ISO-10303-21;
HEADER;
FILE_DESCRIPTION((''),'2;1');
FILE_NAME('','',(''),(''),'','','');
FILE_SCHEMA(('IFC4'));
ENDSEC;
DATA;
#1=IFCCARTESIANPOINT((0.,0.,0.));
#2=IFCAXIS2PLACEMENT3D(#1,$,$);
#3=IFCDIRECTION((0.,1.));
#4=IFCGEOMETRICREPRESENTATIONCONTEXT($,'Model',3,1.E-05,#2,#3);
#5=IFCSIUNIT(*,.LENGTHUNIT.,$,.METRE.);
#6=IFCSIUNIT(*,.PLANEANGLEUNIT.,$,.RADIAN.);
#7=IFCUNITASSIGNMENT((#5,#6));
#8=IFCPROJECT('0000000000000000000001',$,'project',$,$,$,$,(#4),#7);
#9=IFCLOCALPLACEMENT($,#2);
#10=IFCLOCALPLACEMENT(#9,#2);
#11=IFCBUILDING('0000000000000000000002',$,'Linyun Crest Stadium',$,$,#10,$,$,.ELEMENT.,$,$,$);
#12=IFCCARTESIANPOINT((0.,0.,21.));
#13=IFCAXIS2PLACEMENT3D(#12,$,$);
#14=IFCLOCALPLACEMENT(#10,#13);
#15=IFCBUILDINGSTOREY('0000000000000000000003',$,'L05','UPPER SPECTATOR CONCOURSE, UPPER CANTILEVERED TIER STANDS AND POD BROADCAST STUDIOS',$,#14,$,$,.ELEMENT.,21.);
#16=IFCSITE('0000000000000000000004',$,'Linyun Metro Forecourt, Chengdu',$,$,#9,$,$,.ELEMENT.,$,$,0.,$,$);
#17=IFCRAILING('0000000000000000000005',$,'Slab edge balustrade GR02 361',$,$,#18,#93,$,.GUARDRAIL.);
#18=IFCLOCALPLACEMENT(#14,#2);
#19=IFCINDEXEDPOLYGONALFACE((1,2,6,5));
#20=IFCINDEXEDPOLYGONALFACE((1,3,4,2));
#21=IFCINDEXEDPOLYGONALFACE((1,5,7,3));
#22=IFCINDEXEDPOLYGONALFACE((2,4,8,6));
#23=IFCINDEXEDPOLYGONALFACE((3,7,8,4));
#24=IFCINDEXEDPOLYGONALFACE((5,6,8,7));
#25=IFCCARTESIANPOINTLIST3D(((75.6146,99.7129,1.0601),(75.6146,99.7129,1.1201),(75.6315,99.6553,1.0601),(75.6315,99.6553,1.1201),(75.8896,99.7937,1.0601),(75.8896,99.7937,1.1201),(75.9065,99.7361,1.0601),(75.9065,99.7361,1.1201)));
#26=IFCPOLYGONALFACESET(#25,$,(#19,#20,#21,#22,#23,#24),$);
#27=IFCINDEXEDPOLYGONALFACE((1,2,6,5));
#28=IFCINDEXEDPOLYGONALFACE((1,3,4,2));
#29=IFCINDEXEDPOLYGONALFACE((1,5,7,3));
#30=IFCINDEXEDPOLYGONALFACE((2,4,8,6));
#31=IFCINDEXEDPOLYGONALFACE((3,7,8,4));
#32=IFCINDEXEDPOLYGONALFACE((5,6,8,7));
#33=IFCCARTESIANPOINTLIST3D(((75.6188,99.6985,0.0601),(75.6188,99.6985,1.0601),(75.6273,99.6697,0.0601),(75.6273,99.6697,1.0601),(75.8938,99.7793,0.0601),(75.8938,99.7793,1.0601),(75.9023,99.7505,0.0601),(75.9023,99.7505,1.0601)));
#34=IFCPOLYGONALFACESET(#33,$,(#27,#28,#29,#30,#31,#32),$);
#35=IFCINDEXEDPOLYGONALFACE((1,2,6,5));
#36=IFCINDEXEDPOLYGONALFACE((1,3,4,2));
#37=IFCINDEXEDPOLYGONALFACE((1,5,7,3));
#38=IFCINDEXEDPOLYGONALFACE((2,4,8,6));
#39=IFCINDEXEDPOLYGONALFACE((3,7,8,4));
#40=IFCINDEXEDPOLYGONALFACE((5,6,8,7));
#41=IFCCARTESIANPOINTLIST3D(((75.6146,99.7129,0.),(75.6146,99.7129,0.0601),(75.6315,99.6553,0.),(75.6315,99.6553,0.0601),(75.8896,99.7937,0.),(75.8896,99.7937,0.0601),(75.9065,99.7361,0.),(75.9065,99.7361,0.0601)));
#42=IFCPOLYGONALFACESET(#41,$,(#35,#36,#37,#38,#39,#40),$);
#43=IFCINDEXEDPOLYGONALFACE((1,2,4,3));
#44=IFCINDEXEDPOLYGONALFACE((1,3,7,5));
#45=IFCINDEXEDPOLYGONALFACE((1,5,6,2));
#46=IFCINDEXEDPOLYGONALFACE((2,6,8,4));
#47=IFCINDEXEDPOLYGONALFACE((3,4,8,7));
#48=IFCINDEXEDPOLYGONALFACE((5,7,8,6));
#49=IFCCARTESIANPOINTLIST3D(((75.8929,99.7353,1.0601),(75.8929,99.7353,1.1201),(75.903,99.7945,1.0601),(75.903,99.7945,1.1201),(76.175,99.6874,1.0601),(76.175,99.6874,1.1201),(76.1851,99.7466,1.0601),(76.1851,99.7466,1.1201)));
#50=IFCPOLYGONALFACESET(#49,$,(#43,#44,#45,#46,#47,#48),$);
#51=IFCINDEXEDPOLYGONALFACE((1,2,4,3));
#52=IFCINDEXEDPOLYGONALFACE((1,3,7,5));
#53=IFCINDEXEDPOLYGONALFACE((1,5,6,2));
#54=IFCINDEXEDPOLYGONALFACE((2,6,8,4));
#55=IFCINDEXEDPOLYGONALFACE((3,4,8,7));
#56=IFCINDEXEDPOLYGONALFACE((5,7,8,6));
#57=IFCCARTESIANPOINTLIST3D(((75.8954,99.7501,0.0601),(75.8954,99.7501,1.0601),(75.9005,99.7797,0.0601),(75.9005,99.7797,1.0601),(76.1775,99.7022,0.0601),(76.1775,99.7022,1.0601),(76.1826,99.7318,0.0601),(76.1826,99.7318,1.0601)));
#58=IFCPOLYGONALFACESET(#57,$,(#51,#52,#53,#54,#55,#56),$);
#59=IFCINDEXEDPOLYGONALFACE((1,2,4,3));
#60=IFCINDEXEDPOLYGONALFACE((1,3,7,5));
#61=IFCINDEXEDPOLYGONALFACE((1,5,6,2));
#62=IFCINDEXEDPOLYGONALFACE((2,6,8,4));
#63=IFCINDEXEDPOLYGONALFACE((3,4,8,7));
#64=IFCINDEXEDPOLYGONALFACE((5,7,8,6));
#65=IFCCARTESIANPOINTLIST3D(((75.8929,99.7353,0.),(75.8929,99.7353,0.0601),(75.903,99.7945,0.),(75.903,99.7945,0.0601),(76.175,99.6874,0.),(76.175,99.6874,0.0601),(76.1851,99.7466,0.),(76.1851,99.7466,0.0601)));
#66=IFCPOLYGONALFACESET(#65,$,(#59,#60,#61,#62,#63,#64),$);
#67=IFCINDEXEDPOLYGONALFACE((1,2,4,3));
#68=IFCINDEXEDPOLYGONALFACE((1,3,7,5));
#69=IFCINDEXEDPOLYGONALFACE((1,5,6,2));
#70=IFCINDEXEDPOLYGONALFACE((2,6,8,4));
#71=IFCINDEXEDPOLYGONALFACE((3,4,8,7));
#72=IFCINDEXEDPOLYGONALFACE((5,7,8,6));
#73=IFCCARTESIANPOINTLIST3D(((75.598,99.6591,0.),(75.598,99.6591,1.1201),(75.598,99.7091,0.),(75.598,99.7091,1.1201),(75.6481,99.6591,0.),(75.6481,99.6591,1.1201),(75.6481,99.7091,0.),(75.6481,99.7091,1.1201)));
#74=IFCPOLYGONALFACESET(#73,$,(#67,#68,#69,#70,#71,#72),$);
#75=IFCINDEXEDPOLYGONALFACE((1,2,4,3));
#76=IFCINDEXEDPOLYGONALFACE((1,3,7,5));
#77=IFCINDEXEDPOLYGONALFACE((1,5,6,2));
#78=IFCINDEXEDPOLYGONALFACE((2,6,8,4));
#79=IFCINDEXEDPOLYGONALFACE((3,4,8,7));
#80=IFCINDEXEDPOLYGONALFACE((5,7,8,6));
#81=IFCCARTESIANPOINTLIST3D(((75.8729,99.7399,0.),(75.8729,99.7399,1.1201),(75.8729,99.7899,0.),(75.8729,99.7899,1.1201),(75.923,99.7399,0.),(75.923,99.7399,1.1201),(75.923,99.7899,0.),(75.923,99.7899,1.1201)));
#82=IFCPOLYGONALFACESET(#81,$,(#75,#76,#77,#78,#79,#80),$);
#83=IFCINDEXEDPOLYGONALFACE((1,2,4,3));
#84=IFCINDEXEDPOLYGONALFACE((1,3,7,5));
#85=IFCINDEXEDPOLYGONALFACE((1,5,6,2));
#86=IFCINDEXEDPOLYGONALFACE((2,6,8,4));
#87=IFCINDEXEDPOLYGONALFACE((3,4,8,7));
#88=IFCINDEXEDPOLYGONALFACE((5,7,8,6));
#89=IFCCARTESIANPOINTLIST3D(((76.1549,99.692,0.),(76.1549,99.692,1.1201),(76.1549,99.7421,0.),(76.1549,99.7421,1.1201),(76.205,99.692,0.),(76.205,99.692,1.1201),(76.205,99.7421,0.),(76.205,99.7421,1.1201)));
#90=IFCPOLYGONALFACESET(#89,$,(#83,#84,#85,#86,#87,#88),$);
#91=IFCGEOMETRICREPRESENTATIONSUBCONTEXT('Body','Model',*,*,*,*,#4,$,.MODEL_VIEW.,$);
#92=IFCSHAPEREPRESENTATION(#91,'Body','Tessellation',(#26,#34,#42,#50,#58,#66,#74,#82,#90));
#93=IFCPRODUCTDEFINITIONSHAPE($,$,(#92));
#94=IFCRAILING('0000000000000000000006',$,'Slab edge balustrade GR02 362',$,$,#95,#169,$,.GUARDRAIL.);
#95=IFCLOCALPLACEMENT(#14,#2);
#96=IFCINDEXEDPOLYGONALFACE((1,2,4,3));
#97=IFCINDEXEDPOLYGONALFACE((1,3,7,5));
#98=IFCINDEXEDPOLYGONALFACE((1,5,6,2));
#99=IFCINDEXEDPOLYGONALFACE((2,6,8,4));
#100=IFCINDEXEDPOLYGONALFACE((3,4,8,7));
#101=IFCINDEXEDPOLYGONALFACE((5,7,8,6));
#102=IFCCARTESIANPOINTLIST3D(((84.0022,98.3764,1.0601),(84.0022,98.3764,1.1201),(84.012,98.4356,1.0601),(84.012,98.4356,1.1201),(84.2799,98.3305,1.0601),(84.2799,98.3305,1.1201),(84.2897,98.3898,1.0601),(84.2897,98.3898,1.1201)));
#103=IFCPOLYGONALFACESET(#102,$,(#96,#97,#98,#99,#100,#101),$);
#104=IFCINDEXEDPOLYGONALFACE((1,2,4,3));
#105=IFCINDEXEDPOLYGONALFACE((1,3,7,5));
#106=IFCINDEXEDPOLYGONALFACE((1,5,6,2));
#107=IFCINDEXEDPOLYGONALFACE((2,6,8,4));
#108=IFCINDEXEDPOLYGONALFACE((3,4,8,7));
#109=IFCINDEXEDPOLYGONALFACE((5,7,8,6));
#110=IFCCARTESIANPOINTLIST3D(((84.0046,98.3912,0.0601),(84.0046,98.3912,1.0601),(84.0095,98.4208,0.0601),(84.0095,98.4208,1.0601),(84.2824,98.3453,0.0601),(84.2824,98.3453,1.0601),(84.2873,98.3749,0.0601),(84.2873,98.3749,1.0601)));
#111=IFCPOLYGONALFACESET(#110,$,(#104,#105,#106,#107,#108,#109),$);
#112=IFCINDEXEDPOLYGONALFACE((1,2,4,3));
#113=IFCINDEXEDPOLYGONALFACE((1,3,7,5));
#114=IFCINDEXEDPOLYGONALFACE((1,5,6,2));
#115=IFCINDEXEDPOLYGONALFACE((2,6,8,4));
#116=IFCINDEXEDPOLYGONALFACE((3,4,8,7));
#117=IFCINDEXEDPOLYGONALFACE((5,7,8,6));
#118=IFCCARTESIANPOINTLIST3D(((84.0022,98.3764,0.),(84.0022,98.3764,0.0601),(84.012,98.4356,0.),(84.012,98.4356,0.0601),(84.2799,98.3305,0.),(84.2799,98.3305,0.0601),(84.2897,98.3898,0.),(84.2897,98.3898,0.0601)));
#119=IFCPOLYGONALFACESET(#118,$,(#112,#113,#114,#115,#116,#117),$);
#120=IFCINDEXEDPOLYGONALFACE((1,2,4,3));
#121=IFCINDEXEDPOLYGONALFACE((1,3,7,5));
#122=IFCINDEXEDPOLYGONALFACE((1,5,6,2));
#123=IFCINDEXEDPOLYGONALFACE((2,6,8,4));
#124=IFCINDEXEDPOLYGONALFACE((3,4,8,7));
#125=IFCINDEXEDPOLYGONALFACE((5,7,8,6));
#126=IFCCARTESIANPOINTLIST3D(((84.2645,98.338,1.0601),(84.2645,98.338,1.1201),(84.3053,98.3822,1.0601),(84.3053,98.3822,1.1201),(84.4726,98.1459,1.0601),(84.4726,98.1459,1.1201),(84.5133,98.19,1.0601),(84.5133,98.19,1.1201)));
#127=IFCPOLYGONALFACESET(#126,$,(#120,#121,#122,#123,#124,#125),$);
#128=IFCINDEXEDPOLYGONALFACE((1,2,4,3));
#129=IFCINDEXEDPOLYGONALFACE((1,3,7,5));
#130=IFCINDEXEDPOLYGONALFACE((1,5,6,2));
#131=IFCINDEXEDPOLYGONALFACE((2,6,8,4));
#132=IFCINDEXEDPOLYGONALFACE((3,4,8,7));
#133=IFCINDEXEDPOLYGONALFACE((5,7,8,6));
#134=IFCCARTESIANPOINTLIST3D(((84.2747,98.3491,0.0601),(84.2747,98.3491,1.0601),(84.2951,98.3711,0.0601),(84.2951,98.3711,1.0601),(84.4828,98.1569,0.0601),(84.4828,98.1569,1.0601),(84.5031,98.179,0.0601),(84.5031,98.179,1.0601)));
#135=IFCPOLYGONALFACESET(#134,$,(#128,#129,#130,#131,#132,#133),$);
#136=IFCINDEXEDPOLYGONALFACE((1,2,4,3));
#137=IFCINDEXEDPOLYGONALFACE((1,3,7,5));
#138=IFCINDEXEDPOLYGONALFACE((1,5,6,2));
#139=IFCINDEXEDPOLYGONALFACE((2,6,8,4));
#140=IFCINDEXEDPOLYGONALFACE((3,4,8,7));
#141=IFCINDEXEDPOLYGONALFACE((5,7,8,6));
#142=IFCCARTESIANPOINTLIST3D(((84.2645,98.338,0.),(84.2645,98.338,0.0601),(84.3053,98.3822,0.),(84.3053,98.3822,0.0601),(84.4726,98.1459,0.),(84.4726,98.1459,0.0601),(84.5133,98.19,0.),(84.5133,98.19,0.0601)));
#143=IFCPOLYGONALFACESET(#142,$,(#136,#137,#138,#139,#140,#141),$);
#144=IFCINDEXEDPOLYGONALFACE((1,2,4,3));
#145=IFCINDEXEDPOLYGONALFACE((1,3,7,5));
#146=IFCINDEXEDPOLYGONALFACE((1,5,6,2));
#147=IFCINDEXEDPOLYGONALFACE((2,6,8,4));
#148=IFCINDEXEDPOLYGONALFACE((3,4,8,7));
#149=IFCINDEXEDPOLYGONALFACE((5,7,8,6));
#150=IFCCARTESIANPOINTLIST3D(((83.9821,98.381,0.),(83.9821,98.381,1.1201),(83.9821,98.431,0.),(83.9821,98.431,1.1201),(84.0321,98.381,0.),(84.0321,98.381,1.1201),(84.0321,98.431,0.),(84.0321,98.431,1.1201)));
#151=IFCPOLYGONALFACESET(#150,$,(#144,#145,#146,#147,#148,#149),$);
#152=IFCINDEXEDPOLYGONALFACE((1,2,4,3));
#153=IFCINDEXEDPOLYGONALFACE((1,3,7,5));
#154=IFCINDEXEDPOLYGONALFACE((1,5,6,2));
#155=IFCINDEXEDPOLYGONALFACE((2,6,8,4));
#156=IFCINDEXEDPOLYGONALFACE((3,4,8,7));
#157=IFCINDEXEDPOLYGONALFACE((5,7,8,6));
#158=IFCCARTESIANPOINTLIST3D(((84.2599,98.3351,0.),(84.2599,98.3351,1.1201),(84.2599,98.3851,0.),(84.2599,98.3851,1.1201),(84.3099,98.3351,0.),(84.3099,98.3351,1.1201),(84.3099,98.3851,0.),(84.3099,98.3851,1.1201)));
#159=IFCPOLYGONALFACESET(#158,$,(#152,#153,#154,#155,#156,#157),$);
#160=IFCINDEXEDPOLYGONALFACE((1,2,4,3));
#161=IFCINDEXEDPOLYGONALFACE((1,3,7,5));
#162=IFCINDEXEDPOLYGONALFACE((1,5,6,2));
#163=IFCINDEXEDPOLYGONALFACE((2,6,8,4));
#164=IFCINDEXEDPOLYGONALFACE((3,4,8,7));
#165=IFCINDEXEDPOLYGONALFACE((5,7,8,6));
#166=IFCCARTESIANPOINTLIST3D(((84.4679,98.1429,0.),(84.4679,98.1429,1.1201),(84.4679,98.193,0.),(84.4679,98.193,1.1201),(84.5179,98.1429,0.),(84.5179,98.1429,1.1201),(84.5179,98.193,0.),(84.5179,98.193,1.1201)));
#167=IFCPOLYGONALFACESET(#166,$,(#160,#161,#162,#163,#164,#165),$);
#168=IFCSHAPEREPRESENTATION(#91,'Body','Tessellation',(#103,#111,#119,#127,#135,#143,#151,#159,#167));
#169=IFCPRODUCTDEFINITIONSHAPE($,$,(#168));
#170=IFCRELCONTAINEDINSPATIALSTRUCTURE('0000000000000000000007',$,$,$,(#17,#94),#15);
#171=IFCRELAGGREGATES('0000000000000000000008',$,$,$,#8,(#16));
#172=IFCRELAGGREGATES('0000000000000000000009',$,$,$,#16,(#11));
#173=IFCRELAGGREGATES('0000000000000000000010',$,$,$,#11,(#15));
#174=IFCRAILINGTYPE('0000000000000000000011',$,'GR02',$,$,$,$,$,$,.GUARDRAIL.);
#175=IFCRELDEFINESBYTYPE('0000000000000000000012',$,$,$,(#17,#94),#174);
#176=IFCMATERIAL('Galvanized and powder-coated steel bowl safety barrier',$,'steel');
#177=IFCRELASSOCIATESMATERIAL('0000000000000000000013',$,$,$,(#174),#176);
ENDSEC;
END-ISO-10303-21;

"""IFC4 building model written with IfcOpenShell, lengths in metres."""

from ifc_helpers import new_model, si_unit, direction, frame, origin, origin_2d, place, context, subcontext, project, spatial, rectangle, extrude, material, type_object, element, save


model = new_model("IFC4")

# Units and contexts
model_context = context("Model", 3, precision=1e-05, world=origin(), true_north=direction((0.0, 1.0)))
body_context = subcontext(model_context, "Body", "Model", "MODEL_VIEW")
ifc_project = project(units=[si_unit("LENGTHUNIT", "METRE"), si_unit("PLANEANGLEUNIT", "RADIAN")], contexts=[model_context])

# Site, building, storey
site_placement = place(None, origin())
site = spatial("IfcSite", under=ifc_project, at=site_placement, Name="Linyun Metro Forecourt, Chengdu", CompositionType="ELEMENT", RefElevation=0.0)
building_placement = place(site_placement, origin())
building = spatial("IfcBuilding", under=site, at=building_placement, Name="Linyun Crest Stadium", CompositionType="ELEMENT")
storey_placement = place(building_placement, frame((0.0, 0.0, 21.0)))
storey = spatial("IfcBuildingStorey", under=building, at=storey_placement, Name="L05", Description="UPPER SPECTATOR CONCOURSE, UPPER CANTILEVERED TIER STANDS AND POD BROADCAST STUDIOS", CompositionType="ELEMENT", Elevation=21.0)

# Railings
ifc_material_1 = material(Name="Galvanized and powder-coated steel bowl safety barrier", Category="steel")
railing_type = type_object("IfcRailingType", Name="GR02", PredefinedType="GUARDRAIL", material=ifc_material_1)
railing_1_placement = place(storey_placement, frame((75.623, 99.6841, 0.0)))
element("IfcRailing", 1, at=railing_1_placement, inside=storey, type_object=railing_type, Name="Slab edge balustrade GR02 361", PredefinedType="GUARDRAIL", context=body_context, shape_type="SweptSolid", body=[
    extrude(rectangle(XDim=0.0601, YDim=0.0601, at=origin_2d()), frame((0.0, 0.0, 1.0901), z_axis=(0.959406, 0.282028, 0.0), x_axis=(-0.282028, 0.959406, 0.0)), (0.0, 0.0, 1.0), 0.2866),
    extrude(rectangle(XDim=0.03, YDim=1.0, at=origin_2d()), frame((0.0, 0.0, 0.5601), z_axis=(0.959406, 0.282028, 0.0), x_axis=(-0.282028, 0.959406, 0.0)), (0.0, 0.0, 1.0), 0.2866),
    extrude(rectangle(XDim=0.0601, YDim=0.0601, at=origin_2d()), frame((0.0, 0.0, 0.03), z_axis=(0.959406, 0.282028, 0.0), x_axis=(-0.282028, 0.959406, 0.0)), (0.0, 0.0, 1.0), 0.2866),
    extrude(rectangle(XDim=0.0601, YDim=0.0601, at=origin_2d()), frame((0.2749, 0.0808, 1.0901), z_axis=(0.985905, -0.167305, 0.0), x_axis=(0.167305, 0.985905, 0.0)), (0.0, 0.0, 1.0), 0.2861),
    extrude(rectangle(XDim=0.03, YDim=1.0, at=origin_2d()), frame((0.2749, 0.0808, 0.5601), z_axis=(0.985905, -0.167305, 0.0), x_axis=(0.167305, 0.985905, 0.0)), (0.0, 0.0, 1.0), 0.2861),
    extrude(rectangle(XDim=0.0601, YDim=0.0601, at=origin_2d()), frame((0.2749, 0.0808, 0.03), z_axis=(0.985905, -0.167305, 0.0), x_axis=(0.167305, 0.985905, 0.0)), (0.0, 0.0, 1.0), 0.2861),
    extrude(rectangle(XDim=0.05, YDim=0.05, at=origin_2d()), origin(), (0.0, 0.0, 1.0), 1.1201),
    extrude(rectangle(XDim=0.05, YDim=0.05, at=origin_2d()), frame((0.2749, 0.0808, 0.0)), (0.0, 0.0, 1.0), 1.1201),
    extrude(rectangle(XDim=0.05, YDim=0.05, at=origin_2d()), frame((0.5569, 0.033, 0.0)), (0.0, 0.0, 1.0), 1.1201),
])
railing_2_placement = place(storey_placement, frame((84.0071, 98.406, 0.0)))
element("IfcRailing", 2, at=railing_2_placement, inside=storey, type_object=railing_type, Name="Slab edge balustrade GR02 362", PredefinedType="GUARDRAIL", context=body_context, shape_type="SweptSolid", body=[
    extrude(rectangle(XDim=0.0601, YDim=0.0601, at=origin_2d()), frame((0.0, 0.0, 1.0901), z_axis=(0.986627, -0.162993, 0.0), x_axis=(0.162993, 0.986627, 0.0)), (0.0, 0.0, 1.0), 0.2815),
    extrude(rectangle(XDim=0.03, YDim=1.0, at=origin_2d()), frame((0.0, 0.0, 0.5601), z_axis=(0.986627, -0.162993, 0.0), x_axis=(0.162993, 0.986627, 0.0)), (0.0, 0.0, 1.0), 0.2815),
    extrude(rectangle(XDim=0.0601, YDim=0.0601, at=origin_2d()), frame((0.0, 0.0, 0.03), z_axis=(0.986627, -0.162993, 0.0), x_axis=(0.162993, 0.986627, 0.0)), (0.0, 0.0, 1.0), 0.2815),
    extrude(rectangle(XDim=0.0601, YDim=0.0601, at=origin_2d()), frame((0.2778, -0.0459, 1.0901), z_axis=(0.734572, -0.678531, 0.0), x_axis=(0.678531, 0.734572, 0.0)), (0.0, 0.0, 1.0), 0.2832),
    extrude(rectangle(XDim=0.03, YDim=1.0, at=origin_2d()), frame((0.2778, -0.0459, 0.5601), z_axis=(0.734572, -0.678531, 0.0), x_axis=(0.678531, 0.734572, 0.0)), (0.0, 0.0, 1.0), 0.2832),
    extrude(rectangle(XDim=0.0601, YDim=0.0601, at=origin_2d()), frame((0.2778, -0.0459, 0.03), z_axis=(0.734572, -0.678531, 0.0), x_axis=(0.678531, 0.734572, 0.0)), (0.0, 0.0, 1.0), 0.2832),
    extrude(rectangle(XDim=0.05, YDim=0.05, at=origin_2d()), origin(), (0.0, 0.0, 1.0), 1.1201),
    extrude(rectangle(XDim=0.05, YDim=0.05, at=origin_2d()), frame((0.2778, -0.0459, 0.0)), (0.0, 0.0, 1.0), 1.1201),
    extrude(rectangle(XDim=0.05, YDim=0.05, at=origin_2d()), frame((0.4858, -0.238, 0.0)), (0.0, 0.0, 1.0), 1.1201),
])

save(model, "model.ifc")
